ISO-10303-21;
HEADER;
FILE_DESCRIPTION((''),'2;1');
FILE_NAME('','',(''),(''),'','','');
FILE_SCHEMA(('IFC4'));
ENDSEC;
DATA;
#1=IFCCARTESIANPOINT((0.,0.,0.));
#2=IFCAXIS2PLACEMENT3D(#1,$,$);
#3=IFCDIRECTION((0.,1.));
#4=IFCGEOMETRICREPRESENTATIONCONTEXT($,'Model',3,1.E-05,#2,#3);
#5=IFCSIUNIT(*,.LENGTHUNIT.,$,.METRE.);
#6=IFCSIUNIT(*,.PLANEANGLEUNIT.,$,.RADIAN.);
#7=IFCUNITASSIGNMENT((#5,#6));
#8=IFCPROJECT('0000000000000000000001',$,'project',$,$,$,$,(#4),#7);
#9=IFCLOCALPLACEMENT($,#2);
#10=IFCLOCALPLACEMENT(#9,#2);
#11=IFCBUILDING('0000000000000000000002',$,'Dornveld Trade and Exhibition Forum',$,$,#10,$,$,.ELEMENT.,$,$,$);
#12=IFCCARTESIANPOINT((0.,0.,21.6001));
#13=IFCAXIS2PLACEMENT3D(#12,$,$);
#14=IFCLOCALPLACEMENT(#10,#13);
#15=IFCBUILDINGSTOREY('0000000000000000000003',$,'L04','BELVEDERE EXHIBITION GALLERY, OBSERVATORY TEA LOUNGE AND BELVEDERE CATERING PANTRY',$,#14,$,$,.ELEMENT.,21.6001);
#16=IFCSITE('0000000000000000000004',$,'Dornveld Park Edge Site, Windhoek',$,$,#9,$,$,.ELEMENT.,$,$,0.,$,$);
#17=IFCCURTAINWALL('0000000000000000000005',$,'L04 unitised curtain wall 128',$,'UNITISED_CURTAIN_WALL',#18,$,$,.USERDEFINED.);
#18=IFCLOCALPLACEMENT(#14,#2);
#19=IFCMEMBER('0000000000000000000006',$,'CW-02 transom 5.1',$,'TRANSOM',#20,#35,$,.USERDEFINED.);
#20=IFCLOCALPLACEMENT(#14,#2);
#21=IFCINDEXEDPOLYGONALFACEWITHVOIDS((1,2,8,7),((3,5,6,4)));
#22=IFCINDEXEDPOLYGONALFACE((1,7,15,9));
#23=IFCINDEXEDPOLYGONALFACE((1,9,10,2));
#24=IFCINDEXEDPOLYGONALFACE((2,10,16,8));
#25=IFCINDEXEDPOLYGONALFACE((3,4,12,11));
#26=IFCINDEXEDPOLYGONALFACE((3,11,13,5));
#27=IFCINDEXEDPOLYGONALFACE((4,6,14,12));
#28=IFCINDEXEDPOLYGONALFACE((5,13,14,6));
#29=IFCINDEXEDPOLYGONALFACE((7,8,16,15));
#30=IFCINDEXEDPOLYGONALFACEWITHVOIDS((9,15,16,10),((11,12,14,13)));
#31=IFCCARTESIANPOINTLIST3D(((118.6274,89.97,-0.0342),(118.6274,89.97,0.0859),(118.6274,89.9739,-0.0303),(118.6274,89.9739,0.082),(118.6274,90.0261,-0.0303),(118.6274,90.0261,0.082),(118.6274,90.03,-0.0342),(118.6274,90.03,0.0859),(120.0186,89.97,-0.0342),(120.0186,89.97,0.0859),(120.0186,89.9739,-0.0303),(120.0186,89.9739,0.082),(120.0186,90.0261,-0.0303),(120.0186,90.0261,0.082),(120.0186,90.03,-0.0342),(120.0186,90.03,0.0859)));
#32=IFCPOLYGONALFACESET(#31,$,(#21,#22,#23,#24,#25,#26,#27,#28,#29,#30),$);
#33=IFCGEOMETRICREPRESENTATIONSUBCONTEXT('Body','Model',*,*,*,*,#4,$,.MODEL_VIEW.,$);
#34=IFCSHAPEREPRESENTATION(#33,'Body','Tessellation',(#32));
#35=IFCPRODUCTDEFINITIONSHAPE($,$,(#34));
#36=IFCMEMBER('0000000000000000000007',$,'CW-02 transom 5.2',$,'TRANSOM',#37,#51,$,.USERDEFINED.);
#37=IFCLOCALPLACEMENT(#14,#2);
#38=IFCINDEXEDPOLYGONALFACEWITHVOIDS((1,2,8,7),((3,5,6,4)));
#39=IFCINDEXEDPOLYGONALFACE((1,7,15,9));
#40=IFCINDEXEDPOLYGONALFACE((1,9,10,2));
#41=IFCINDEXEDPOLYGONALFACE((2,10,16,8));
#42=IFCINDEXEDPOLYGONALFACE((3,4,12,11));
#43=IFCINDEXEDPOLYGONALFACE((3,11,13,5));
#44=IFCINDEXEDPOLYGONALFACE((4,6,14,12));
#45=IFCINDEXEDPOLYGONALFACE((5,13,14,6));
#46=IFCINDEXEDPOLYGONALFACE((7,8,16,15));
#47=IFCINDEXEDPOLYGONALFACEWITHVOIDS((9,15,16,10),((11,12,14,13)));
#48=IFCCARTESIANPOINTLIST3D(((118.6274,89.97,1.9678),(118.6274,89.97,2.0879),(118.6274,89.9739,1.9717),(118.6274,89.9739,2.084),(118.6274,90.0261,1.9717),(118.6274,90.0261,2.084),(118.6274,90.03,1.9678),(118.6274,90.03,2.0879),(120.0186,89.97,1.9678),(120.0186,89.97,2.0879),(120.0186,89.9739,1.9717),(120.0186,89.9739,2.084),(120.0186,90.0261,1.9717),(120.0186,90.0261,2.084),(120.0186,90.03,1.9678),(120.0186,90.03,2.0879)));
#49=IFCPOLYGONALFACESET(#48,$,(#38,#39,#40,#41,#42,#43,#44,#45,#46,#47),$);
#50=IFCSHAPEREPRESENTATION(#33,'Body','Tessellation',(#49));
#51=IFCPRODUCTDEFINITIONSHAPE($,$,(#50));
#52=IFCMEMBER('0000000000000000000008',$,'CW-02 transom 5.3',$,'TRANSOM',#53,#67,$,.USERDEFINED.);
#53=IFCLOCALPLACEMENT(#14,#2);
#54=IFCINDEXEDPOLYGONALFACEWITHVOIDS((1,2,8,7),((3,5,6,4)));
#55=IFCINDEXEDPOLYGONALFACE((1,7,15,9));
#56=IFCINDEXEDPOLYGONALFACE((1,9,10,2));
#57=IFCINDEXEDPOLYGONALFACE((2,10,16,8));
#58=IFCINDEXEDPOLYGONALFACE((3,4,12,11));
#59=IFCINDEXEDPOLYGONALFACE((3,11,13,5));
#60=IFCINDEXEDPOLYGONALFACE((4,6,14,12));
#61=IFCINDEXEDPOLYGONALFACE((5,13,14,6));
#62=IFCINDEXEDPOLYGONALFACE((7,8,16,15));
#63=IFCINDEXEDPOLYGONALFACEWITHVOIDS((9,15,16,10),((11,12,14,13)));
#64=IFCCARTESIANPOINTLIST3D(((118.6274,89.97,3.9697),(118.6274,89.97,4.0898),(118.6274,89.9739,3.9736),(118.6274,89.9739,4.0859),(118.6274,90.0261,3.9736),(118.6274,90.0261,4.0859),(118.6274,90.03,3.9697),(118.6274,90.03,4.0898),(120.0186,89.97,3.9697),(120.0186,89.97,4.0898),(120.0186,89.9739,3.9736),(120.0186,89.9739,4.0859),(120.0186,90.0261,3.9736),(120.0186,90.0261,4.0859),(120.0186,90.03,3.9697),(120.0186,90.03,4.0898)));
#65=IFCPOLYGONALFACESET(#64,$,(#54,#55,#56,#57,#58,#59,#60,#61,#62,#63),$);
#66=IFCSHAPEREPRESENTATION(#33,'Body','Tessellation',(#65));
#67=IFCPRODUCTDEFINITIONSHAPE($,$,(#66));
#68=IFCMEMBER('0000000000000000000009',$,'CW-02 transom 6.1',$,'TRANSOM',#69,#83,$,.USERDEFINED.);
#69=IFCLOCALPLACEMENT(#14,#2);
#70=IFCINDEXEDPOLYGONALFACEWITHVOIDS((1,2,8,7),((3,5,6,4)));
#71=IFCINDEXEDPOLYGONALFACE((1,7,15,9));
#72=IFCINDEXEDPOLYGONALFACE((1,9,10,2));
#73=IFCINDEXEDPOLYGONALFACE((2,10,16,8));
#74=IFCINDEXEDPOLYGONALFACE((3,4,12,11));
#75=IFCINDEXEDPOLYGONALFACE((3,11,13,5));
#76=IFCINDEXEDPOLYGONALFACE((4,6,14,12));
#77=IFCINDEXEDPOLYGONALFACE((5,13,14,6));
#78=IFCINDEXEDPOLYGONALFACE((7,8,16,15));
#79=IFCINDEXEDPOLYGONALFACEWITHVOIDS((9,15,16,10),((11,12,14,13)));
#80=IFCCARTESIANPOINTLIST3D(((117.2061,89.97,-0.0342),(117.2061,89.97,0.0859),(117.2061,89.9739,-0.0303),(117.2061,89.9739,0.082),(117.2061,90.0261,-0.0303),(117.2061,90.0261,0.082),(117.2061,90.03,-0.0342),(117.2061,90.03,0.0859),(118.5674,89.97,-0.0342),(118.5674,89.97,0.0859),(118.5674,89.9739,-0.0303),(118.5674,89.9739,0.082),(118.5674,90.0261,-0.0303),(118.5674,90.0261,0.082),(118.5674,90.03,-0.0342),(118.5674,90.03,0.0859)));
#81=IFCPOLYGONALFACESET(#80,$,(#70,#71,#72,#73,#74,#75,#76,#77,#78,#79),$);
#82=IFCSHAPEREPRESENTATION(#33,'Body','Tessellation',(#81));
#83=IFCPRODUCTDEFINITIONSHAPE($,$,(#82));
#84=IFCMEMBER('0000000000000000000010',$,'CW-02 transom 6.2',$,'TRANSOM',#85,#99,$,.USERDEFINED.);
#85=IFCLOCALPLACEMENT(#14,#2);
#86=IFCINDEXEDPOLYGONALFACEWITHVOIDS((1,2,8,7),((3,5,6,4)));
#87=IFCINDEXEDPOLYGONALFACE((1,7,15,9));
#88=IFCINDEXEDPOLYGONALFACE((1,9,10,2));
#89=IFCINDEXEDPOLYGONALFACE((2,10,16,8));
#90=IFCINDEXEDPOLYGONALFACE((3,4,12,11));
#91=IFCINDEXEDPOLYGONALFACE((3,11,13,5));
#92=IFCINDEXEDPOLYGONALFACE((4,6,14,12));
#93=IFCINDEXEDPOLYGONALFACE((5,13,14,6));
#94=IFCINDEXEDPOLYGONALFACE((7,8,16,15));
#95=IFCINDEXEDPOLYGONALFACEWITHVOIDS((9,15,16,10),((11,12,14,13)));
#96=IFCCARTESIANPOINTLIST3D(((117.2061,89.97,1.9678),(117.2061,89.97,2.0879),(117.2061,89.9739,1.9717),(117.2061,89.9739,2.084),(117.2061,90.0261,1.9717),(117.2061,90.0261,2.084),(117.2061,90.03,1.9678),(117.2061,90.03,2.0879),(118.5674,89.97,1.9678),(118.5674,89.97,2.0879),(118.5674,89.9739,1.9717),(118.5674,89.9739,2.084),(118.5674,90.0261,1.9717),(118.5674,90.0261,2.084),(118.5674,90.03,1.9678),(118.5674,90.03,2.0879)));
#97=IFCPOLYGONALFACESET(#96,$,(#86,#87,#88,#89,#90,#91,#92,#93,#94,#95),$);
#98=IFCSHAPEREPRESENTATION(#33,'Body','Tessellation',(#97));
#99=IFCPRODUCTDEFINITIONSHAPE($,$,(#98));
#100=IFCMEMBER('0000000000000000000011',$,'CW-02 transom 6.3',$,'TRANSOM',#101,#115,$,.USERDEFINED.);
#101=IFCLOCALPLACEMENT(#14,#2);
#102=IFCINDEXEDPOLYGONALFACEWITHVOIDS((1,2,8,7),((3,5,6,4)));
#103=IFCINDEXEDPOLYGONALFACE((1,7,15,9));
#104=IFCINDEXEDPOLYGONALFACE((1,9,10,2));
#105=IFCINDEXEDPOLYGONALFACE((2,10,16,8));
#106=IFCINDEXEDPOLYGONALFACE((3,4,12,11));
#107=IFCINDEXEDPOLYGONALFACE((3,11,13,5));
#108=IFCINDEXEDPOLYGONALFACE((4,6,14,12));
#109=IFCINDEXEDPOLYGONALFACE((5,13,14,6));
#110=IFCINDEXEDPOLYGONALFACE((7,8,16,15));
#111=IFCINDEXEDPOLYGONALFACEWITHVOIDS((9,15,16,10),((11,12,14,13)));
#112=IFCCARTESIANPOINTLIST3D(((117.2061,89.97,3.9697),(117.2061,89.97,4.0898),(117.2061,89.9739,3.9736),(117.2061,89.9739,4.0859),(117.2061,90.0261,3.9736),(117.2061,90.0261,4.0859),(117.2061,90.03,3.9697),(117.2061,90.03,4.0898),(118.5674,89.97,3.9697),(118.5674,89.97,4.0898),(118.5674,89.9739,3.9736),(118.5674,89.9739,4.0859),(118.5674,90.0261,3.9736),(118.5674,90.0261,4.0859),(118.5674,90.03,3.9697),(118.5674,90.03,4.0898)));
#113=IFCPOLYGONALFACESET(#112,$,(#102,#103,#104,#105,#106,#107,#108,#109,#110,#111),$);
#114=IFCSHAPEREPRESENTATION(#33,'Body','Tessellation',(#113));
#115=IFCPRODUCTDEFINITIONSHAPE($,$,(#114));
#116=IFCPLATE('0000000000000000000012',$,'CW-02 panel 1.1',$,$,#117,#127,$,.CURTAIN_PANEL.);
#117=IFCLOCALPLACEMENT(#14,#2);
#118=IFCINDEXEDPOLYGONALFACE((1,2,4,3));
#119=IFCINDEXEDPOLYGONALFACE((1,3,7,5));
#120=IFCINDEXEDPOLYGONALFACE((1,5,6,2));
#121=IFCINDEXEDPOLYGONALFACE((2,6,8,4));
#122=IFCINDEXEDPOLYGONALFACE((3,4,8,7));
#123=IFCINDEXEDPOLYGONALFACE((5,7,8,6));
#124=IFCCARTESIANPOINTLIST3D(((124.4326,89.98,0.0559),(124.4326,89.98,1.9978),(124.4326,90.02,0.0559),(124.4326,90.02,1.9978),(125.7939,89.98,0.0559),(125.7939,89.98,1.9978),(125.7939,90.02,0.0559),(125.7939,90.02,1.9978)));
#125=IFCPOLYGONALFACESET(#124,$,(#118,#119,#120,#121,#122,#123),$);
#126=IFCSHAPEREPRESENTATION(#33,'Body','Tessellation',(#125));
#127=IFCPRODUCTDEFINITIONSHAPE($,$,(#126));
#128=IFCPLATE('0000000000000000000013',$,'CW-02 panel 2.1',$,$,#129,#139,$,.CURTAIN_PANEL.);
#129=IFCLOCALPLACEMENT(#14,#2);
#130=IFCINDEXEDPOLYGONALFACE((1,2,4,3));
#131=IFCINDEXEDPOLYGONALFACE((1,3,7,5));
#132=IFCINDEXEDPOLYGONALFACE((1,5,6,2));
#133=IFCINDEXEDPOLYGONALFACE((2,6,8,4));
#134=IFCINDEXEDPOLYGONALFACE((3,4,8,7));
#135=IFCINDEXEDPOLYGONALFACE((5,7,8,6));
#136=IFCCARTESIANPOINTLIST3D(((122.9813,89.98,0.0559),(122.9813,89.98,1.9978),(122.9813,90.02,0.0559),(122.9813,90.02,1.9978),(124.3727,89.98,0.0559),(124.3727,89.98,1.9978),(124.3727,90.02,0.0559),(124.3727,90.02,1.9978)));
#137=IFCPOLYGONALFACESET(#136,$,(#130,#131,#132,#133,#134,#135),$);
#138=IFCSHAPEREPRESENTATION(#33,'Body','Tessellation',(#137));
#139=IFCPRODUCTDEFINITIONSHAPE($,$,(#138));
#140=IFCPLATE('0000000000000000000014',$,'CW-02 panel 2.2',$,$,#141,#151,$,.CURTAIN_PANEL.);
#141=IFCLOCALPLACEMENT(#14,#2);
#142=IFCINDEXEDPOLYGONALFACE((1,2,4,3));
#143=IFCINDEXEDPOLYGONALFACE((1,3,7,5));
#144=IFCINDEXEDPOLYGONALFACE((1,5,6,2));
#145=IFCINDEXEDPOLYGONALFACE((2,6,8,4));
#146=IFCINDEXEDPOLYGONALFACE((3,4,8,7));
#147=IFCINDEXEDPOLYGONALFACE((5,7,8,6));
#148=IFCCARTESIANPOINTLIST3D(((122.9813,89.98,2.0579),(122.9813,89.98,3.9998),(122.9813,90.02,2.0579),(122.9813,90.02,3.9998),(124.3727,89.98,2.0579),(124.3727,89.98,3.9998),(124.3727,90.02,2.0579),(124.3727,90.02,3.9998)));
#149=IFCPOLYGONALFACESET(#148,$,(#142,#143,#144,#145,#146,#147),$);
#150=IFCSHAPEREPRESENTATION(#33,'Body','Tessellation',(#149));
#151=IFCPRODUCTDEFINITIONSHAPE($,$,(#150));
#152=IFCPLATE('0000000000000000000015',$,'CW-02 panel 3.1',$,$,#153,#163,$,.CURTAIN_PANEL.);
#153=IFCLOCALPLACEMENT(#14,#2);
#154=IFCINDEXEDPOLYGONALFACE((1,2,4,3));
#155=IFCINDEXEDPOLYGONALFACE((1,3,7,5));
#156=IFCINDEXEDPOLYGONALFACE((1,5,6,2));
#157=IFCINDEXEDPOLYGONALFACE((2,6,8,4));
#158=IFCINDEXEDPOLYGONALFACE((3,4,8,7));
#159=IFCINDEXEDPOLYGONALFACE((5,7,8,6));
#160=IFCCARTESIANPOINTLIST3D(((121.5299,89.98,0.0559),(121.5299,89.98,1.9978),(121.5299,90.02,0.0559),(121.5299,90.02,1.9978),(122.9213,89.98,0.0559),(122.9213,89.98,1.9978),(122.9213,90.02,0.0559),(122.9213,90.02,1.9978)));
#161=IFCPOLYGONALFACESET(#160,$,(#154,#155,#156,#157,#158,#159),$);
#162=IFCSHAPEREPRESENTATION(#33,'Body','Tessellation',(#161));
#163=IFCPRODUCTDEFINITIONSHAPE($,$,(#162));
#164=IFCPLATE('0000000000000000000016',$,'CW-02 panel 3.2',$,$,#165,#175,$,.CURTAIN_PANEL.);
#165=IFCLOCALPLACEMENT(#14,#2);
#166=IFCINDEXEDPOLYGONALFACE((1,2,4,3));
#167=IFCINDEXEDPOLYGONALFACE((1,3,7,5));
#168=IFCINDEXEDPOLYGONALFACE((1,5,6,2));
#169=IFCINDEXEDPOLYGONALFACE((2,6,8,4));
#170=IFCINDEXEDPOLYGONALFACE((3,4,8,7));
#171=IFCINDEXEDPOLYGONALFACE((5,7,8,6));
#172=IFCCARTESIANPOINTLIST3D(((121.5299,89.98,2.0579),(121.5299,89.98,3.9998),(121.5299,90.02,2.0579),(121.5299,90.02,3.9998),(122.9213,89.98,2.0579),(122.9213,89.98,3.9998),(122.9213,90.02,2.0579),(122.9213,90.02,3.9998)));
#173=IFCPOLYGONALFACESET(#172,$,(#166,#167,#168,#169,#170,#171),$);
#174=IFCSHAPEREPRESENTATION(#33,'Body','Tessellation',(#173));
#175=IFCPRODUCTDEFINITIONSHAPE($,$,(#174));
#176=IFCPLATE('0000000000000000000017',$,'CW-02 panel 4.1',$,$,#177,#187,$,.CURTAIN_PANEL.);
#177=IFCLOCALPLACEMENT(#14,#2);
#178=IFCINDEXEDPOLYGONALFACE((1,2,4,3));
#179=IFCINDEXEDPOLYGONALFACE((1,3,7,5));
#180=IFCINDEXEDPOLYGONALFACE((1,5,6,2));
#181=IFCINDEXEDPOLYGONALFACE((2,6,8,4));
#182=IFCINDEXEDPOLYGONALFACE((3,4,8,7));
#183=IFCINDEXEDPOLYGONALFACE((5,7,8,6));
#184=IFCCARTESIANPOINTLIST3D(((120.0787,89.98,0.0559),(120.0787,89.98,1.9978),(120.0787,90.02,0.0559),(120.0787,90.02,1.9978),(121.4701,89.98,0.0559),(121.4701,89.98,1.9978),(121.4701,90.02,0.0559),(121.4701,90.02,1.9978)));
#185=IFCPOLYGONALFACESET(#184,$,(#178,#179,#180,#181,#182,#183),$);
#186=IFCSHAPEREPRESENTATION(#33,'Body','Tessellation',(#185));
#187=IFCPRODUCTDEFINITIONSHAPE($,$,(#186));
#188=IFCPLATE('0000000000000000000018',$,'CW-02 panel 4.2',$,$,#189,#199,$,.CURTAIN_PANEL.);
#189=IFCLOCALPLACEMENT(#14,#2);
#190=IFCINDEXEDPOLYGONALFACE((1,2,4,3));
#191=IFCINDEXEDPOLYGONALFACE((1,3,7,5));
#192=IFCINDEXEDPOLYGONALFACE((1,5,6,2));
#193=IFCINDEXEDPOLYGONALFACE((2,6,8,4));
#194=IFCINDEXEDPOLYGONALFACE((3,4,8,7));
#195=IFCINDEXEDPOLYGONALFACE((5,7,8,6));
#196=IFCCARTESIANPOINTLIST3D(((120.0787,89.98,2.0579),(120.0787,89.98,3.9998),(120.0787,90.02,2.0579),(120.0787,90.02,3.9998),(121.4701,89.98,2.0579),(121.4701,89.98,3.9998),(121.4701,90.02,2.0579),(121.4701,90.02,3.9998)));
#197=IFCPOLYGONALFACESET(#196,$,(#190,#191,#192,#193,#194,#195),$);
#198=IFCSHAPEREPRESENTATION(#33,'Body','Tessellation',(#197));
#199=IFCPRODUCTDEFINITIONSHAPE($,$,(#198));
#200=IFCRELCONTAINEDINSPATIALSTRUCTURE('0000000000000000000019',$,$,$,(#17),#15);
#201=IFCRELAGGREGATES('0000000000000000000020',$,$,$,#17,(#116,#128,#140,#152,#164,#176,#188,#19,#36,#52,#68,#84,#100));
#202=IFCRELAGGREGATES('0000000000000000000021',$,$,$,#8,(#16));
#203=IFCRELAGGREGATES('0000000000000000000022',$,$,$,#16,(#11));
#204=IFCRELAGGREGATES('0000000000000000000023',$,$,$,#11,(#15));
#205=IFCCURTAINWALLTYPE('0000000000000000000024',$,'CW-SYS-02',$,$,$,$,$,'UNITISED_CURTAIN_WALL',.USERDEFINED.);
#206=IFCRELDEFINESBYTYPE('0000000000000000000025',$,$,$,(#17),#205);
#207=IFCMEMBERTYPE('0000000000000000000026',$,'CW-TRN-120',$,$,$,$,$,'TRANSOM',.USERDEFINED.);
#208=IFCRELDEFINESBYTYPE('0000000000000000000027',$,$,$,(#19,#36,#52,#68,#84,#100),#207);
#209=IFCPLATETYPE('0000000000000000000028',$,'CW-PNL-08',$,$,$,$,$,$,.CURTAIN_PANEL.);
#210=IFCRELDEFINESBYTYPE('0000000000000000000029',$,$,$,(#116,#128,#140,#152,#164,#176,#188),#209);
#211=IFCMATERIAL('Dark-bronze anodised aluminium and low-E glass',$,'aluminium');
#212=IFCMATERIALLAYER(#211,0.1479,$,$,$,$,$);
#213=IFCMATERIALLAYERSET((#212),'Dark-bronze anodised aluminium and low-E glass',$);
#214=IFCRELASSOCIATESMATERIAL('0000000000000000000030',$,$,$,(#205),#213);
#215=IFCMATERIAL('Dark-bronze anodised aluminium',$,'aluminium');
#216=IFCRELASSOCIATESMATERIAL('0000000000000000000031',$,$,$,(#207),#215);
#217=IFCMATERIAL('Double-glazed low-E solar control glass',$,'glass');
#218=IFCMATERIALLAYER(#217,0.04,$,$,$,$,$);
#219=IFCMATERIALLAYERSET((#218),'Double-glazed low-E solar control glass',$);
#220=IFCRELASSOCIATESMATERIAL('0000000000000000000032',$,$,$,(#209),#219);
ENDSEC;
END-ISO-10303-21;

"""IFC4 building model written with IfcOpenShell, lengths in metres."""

from ifc_helpers import new_model, si_unit, direction, frame, origin, origin_2d, place, context, subcontext, project, spatial, rectangle, hollow_rectangle, extrude, material, layer, layer_set, material_profile, profile_set, type_object, element, aggregate, save


model = new_model("IFC4")

# Units and contexts
model_context = context("Model", 3, precision=1e-05, world=origin(), true_north=direction((0.0, 1.0)))
body_context = subcontext(model_context, "Body", "Model", "MODEL_VIEW")
ifc_project = project(units=[si_unit("LENGTHUNIT", "METRE"), si_unit("PLANEANGLEUNIT", "RADIAN")], contexts=[model_context])

# Site, building, storey
site_placement = place(None, origin())
site = spatial("IfcSite", under=ifc_project, at=site_placement, Name="Dornveld Park Edge Site, Windhoek", CompositionType="ELEMENT", RefElevation=0.0)
building_placement = place(site_placement, origin())
building = spatial("IfcBuilding", under=site, at=building_placement, Name="Dornveld Trade and Exhibition Forum", CompositionType="ELEMENT")
storey_placement = place(building_placement, frame((0.0, 0.0, 21.6001)))
storey = spatial("IfcBuildingStorey", under=building, at=storey_placement, Name="L04", Description="BELVEDERE EXHIBITION GALLERY, OBSERVATORY TEA LOUNGE AND BELVEDERE CATERING PANTRY", CompositionType="ELEMENT", Elevation=21.6001)

# Curtain wall, members, plates
ifc_material_1 = material(Name="Dark-bronze anodised aluminium and low-E glass", Category="aluminium")
ifc_layer_1 = layer(ifc_material_1, 0.1479)
ifc_layer_set_1 = layer_set([ifc_layer_1], Name="Dark-bronze anodised aluminium and low-E glass")
curtain_wall_type_1 = type_object("IfcCurtainWallType", Name="CW-SYS-02", ElementType="UNITISED_CURTAIN_WALL", PredefinedType="USERDEFINED", material=ifc_layer_set_1)
curtain_wall_1_placement = place(storey_placement, origin())
curtain_wall_1 = element("IfcCurtainWall", 1, at=curtain_wall_1_placement, inside=storey, type_object=curtain_wall_type_1, Name="L04 unitised curtain wall 128", ObjectType="UNITISED_CURTAIN_WALL", PredefinedType="USERDEFINED")
ifc_material_2 = material(Name="Dark-bronze anodised aluminium", Category="aluminium")
ifc_material_profile_1 = material_profile(ifc_material_2, hollow_rectangle(XDim=0.0601, YDim=0.1201, WallThickness=0.0039, at=origin_2d()), Name="RHS 120x60x4")
ifc_profile_set_1 = profile_set([ifc_material_profile_1], Name="Dark-bronze anodised aluminium")
member_type_1 = type_object("IfcMemberType", Name="CW-TRN-120", ElementType="TRANSOM", PredefinedType="USERDEFINED", material=ifc_profile_set_1)
member_1_placement = place(storey_placement, frame((120.0186, 90.0, 0.0259), z_axis=(-1.0, 0.0, 0.0), x_axis=(0.0, -1.0, 0.0)))
member_1 = element("IfcMember", 2, at=member_1_placement, type_object=member_type_1, Name="CW-02 transom 5.1", ObjectType="TRANSOM", PredefinedType="USERDEFINED", context=body_context, shape_type="SweptSolid", body=[
    extrude(hollow_rectangle(XDim=0.0601, YDim=0.1201, WallThickness=0.0039, at=origin_2d()), origin(), (0.0, 0.0, 1.0), 1.3911),
])
member_2_placement = place(storey_placement, frame((120.0186, 90.0, 2.0278), z_axis=(-1.0, 0.0, 0.0), x_axis=(0.0, -1.0, 0.0)))
member_2 = element("IfcMember", 3, at=member_2_placement, type_object=member_type_1, Name="CW-02 transom 5.2", ObjectType="TRANSOM", PredefinedType="USERDEFINED", context=body_context, shape_type="SweptSolid", body=[
    extrude(hollow_rectangle(XDim=0.0601, YDim=0.1201, WallThickness=0.0039, at=origin_2d()), origin(), (0.0, 0.0, 1.0), 1.3911),
])
member_3_placement = place(storey_placement, frame((120.0186, 90.0, 4.0298), z_axis=(-1.0, 0.0, 0.0), x_axis=(0.0, -1.0, 0.0)))
member_3 = element("IfcMember", 4, at=member_3_placement, type_object=member_type_1, Name="CW-02 transom 5.3", ObjectType="TRANSOM", PredefinedType="USERDEFINED", context=body_context, shape_type="SweptSolid", body=[
    extrude(hollow_rectangle(XDim=0.0601, YDim=0.1201, WallThickness=0.0039, at=origin_2d()), origin(), (0.0, 0.0, 1.0), 1.3911),
])
member_4_placement = place(storey_placement, frame((118.5674, 90.0, 0.0259), z_axis=(-1.0, 0.0, 0.0), x_axis=(0.0, -1.0, 0.0)))
member_4 = element("IfcMember", 5, at=member_4_placement, type_object=member_type_1, Name="CW-02 transom 6.1", ObjectType="TRANSOM", PredefinedType="USERDEFINED", context=body_context, shape_type="SweptSolid", body=[
    extrude(hollow_rectangle(XDim=0.0601, YDim=0.1201, WallThickness=0.0039, at=origin_2d()), origin(), (0.0, 0.0, 1.0), 1.3613),
])
member_5_placement = place(storey_placement, frame((118.5674, 90.0, 2.0278), z_axis=(-1.0, 0.0, 0.0), x_axis=(0.0, -1.0, 0.0)))
member_5 = element("IfcMember", 6, at=member_5_placement, type_object=member_type_1, Name="CW-02 transom 6.2", ObjectType="TRANSOM", PredefinedType="USERDEFINED", context=body_context, shape_type="SweptSolid", body=[
    extrude(hollow_rectangle(XDim=0.0601, YDim=0.1201, WallThickness=0.0039, at=origin_2d()), origin(), (0.0, 0.0, 1.0), 1.3613),
])
member_6_placement = place(storey_placement, frame((118.5674, 90.0, 4.0298), z_axis=(-1.0, 0.0, 0.0), x_axis=(0.0, -1.0, 0.0)))
member_6 = element("IfcMember", 7, at=member_6_placement, type_object=member_type_1, Name="CW-02 transom 6.3", ObjectType="TRANSOM", PredefinedType="USERDEFINED", context=body_context, shape_type="SweptSolid", body=[
    extrude(hollow_rectangle(XDim=0.0601, YDim=0.1201, WallThickness=0.0039, at=origin_2d()), origin(), (0.0, 0.0, 1.0), 1.3613),
])
ifc_material_3 = material(Name="Double-glazed low-E solar control glass", Category="glass")
ifc_layer_2 = layer(ifc_material_3, 0.04)
ifc_layer_set_2 = layer_set([ifc_layer_2], Name="Double-glazed low-E solar control glass")
plate_type = type_object("IfcPlateType", Name="CW-PNL-08", PredefinedType="CURTAIN_PANEL", material=ifc_layer_set_2)
plate_1_placement = place(storey_placement, frame((125.1133, 90.0, 0.0559), z_axis=(0.0, 0.0, 1.0), x_axis=(-1.0, 0.0, 0.0)))
plate_1 = element("IfcPlate", 8, at=plate_1_placement, type_object=plate_type, Name="CW-02 panel 1.1", PredefinedType="CURTAIN_PANEL", context=body_context, shape_type="SweptSolid", body=[
    extrude(rectangle(XDim=1.3613, YDim=0.04, at=origin_2d()), origin(), (0.0, 0.0, 1.0), 1.9419),
])
plate_2_placement = place(storey_placement, frame((123.677, 90.0, 0.0559), z_axis=(0.0, 0.0, 1.0), x_axis=(-1.0, 0.0, 0.0)))
plate_2 = element("IfcPlate", 9, at=plate_2_placement, type_object=plate_type, Name="CW-02 panel 2.1", PredefinedType="CURTAIN_PANEL", context=body_context, shape_type="SweptSolid", body=[
    extrude(rectangle(XDim=1.3914, YDim=0.04, at=origin_2d()), origin(), (0.0, 0.0, 1.0), 1.9419),
])
plate_3_placement = place(storey_placement, frame((123.677, 90.0, 2.0579), z_axis=(0.0, 0.0, 1.0), x_axis=(-1.0, 0.0, 0.0)))
plate_3 = element("IfcPlate", 10, at=plate_3_placement, type_object=plate_type, Name="CW-02 panel 2.2", PredefinedType="CURTAIN_PANEL", context=body_context, shape_type="SweptSolid", body=[
    extrude(rectangle(XDim=1.3914, YDim=0.04, at=origin_2d()), origin(), (0.0, 0.0, 1.0), 1.9419),
])
plate_4_placement = place(storey_placement, frame((122.2256, 90.0, 0.0559), z_axis=(0.0, 0.0, 1.0), x_axis=(-1.0, 0.0, 0.0)))
plate_4 = element("IfcPlate", 11, at=plate_4_placement, type_object=plate_type, Name="CW-02 panel 3.1", PredefinedType="CURTAIN_PANEL", context=body_context, shape_type="SweptSolid", body=[
    extrude(rectangle(XDim=1.3914, YDim=0.04, at=origin_2d()), origin(), (0.0, 0.0, 1.0), 1.9419),
])
plate_5_placement = place(storey_placement, frame((122.2256, 90.0, 2.0579), z_axis=(0.0, 0.0, 1.0), x_axis=(-1.0, 0.0, 0.0)))
plate_5 = element("IfcPlate", 12, at=plate_5_placement, type_object=plate_type, Name="CW-02 panel 3.2", PredefinedType="CURTAIN_PANEL", context=body_context, shape_type="SweptSolid", body=[
    extrude(rectangle(XDim=1.3914, YDim=0.04, at=origin_2d()), origin(), (0.0, 0.0, 1.0), 1.9419),
])
plate_6_placement = place(storey_placement, frame((120.7744, 90.0, 0.0559), z_axis=(0.0, 0.0, 1.0), x_axis=(-1.0, 0.0, 0.0)))
plate_6 = element("IfcPlate", 13, at=plate_6_placement, type_object=plate_type, Name="CW-02 panel 4.1", PredefinedType="CURTAIN_PANEL", context=body_context, shape_type="SweptSolid", body=[
    extrude(rectangle(XDim=1.3914, YDim=0.04, at=origin_2d()), origin(), (0.0, 0.0, 1.0), 1.9419),
])
plate_7_placement = place(storey_placement, frame((120.7744, 90.0, 2.0579), z_axis=(0.0, 0.0, 1.0), x_axis=(-1.0, 0.0, 0.0)))
plate_7 = element("IfcPlate", 14, at=plate_7_placement, type_object=plate_type, Name="CW-02 panel 4.2", PredefinedType="CURTAIN_PANEL", context=body_context, shape_type="SweptSolid", body=[
    extrude(rectangle(XDim=1.3914, YDim=0.04, at=origin_2d()), origin(), (0.0, 0.0, 1.0), 1.9419),
])
aggregate(curtain_wall_1, [plate_1, plate_2, plate_3, plate_4, plate_5, plate_6, plate_7, member_1, member_2, member_3, member_4, member_5, member_6])

save(model, "model.ifc")
